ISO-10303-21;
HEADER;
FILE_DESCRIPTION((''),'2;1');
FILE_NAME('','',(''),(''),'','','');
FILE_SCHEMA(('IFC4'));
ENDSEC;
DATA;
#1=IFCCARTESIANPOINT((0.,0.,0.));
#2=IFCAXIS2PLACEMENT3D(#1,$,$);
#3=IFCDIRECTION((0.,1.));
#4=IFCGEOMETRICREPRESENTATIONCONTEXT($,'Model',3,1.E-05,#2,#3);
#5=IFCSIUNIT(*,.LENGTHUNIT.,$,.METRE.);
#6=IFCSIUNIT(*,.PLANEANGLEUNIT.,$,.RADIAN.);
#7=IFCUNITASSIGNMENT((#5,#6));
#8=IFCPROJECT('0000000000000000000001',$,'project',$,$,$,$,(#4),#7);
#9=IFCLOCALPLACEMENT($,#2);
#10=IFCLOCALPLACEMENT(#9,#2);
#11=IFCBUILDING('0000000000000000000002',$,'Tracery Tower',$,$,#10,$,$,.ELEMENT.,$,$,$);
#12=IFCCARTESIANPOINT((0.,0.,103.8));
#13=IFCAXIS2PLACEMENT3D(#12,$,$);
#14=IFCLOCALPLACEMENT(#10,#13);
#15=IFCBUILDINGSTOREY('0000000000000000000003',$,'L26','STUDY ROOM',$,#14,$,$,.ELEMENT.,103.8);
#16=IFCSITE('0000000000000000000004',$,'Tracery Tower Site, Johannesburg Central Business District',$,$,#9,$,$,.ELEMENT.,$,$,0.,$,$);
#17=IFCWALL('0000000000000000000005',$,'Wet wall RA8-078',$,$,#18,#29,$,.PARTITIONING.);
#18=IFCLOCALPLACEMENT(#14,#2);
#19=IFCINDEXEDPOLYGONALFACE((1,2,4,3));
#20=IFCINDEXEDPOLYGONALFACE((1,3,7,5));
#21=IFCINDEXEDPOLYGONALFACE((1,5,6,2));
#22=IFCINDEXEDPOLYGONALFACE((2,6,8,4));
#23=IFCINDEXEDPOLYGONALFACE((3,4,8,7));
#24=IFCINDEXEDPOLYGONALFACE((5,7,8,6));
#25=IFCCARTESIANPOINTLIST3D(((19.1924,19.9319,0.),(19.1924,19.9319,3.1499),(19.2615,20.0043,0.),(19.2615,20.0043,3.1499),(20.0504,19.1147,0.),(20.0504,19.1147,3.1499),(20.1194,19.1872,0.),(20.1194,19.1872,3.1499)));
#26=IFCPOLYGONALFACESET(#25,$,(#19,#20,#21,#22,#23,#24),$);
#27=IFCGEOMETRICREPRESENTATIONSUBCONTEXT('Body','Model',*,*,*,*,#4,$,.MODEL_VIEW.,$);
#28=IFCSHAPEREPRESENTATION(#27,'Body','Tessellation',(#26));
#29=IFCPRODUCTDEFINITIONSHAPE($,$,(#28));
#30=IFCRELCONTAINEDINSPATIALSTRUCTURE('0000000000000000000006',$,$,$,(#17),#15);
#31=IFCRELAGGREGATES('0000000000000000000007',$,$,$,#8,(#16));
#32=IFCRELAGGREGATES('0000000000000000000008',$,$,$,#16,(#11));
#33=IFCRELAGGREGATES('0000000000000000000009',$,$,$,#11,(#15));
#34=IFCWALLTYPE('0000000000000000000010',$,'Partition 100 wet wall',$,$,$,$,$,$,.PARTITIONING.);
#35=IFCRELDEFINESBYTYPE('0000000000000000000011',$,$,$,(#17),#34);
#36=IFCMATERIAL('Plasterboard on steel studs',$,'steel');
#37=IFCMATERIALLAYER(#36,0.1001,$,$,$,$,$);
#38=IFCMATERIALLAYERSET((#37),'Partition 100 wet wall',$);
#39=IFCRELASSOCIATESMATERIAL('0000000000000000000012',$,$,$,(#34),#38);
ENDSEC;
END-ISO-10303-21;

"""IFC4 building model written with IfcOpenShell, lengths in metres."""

from ifc_helpers import new_model, si_unit, direction, frame, frame_2d, origin, place, context, subcontext, project, spatial, rectangle, extrude, material, layer, layer_set, type_object, element, save


model = new_model("IFC4")

# Units and contexts
model_context = context("Model", 3, precision=1e-05, world=origin(), true_north=direction((0.0, 1.0)))
body_context = subcontext(model_context, "Body", "Model", "MODEL_VIEW")
ifc_project = project(units=[si_unit("LENGTHUNIT", "METRE"), si_unit("PLANEANGLEUNIT", "RADIAN")], contexts=[model_context])

# Site, building, storey
site_placement = place(None, origin())
site = spatial("IfcSite", under=ifc_project, at=site_placement, Name="Tracery Tower Site, Johannesburg Central Business District", CompositionType="ELEMENT", RefElevation=0.0)
building_placement = place(site_placement, origin())
building = spatial("IfcBuilding", under=site, at=building_placement, Name="Tracery Tower", CompositionType="ELEMENT")
storey_placement = place(building_placement, frame((0.0, 0.0, 103.8)))
storey = spatial("IfcBuildingStorey", under=building, at=storey_placement, Name="L26", Description="STUDY ROOM", CompositionType="ELEMENT", Elevation=103.8)

# Wall
ifc_material_1 = material(Name="Plasterboard on steel studs", Category="steel")
ifc_layer_1 = layer(ifc_material_1, 0.1001)
ifc_layer_set_1 = layer_set([ifc_layer_1], Name="Partition 100 wet wall")
wall_type_1 = type_object("IfcWallType", Name="Partition 100 wet wall", PredefinedType="PARTITIONING", material=ifc_layer_set_1)
wall_1_placement = place(storey_placement, frame((19.2271, 19.968, 0.0), z_axis=(0.0, 0.0, 1.0), x_axis=(0.724104, -0.689691, 0.0)))
element("IfcWall", 1, at=wall_1_placement, inside=storey, type_object=wall_type_1, Name="Wet wall RA8-078", PredefinedType="PARTITIONING", context=body_context, shape_type="SweptSolid", body=[
    extrude(rectangle(XDim=1.1848, YDim=0.1001, at=frame_2d((0.5923, 0.0))), origin(), (0.0, 0.0, 1.0), 3.1499),
])

save(model, "model.ifc")
